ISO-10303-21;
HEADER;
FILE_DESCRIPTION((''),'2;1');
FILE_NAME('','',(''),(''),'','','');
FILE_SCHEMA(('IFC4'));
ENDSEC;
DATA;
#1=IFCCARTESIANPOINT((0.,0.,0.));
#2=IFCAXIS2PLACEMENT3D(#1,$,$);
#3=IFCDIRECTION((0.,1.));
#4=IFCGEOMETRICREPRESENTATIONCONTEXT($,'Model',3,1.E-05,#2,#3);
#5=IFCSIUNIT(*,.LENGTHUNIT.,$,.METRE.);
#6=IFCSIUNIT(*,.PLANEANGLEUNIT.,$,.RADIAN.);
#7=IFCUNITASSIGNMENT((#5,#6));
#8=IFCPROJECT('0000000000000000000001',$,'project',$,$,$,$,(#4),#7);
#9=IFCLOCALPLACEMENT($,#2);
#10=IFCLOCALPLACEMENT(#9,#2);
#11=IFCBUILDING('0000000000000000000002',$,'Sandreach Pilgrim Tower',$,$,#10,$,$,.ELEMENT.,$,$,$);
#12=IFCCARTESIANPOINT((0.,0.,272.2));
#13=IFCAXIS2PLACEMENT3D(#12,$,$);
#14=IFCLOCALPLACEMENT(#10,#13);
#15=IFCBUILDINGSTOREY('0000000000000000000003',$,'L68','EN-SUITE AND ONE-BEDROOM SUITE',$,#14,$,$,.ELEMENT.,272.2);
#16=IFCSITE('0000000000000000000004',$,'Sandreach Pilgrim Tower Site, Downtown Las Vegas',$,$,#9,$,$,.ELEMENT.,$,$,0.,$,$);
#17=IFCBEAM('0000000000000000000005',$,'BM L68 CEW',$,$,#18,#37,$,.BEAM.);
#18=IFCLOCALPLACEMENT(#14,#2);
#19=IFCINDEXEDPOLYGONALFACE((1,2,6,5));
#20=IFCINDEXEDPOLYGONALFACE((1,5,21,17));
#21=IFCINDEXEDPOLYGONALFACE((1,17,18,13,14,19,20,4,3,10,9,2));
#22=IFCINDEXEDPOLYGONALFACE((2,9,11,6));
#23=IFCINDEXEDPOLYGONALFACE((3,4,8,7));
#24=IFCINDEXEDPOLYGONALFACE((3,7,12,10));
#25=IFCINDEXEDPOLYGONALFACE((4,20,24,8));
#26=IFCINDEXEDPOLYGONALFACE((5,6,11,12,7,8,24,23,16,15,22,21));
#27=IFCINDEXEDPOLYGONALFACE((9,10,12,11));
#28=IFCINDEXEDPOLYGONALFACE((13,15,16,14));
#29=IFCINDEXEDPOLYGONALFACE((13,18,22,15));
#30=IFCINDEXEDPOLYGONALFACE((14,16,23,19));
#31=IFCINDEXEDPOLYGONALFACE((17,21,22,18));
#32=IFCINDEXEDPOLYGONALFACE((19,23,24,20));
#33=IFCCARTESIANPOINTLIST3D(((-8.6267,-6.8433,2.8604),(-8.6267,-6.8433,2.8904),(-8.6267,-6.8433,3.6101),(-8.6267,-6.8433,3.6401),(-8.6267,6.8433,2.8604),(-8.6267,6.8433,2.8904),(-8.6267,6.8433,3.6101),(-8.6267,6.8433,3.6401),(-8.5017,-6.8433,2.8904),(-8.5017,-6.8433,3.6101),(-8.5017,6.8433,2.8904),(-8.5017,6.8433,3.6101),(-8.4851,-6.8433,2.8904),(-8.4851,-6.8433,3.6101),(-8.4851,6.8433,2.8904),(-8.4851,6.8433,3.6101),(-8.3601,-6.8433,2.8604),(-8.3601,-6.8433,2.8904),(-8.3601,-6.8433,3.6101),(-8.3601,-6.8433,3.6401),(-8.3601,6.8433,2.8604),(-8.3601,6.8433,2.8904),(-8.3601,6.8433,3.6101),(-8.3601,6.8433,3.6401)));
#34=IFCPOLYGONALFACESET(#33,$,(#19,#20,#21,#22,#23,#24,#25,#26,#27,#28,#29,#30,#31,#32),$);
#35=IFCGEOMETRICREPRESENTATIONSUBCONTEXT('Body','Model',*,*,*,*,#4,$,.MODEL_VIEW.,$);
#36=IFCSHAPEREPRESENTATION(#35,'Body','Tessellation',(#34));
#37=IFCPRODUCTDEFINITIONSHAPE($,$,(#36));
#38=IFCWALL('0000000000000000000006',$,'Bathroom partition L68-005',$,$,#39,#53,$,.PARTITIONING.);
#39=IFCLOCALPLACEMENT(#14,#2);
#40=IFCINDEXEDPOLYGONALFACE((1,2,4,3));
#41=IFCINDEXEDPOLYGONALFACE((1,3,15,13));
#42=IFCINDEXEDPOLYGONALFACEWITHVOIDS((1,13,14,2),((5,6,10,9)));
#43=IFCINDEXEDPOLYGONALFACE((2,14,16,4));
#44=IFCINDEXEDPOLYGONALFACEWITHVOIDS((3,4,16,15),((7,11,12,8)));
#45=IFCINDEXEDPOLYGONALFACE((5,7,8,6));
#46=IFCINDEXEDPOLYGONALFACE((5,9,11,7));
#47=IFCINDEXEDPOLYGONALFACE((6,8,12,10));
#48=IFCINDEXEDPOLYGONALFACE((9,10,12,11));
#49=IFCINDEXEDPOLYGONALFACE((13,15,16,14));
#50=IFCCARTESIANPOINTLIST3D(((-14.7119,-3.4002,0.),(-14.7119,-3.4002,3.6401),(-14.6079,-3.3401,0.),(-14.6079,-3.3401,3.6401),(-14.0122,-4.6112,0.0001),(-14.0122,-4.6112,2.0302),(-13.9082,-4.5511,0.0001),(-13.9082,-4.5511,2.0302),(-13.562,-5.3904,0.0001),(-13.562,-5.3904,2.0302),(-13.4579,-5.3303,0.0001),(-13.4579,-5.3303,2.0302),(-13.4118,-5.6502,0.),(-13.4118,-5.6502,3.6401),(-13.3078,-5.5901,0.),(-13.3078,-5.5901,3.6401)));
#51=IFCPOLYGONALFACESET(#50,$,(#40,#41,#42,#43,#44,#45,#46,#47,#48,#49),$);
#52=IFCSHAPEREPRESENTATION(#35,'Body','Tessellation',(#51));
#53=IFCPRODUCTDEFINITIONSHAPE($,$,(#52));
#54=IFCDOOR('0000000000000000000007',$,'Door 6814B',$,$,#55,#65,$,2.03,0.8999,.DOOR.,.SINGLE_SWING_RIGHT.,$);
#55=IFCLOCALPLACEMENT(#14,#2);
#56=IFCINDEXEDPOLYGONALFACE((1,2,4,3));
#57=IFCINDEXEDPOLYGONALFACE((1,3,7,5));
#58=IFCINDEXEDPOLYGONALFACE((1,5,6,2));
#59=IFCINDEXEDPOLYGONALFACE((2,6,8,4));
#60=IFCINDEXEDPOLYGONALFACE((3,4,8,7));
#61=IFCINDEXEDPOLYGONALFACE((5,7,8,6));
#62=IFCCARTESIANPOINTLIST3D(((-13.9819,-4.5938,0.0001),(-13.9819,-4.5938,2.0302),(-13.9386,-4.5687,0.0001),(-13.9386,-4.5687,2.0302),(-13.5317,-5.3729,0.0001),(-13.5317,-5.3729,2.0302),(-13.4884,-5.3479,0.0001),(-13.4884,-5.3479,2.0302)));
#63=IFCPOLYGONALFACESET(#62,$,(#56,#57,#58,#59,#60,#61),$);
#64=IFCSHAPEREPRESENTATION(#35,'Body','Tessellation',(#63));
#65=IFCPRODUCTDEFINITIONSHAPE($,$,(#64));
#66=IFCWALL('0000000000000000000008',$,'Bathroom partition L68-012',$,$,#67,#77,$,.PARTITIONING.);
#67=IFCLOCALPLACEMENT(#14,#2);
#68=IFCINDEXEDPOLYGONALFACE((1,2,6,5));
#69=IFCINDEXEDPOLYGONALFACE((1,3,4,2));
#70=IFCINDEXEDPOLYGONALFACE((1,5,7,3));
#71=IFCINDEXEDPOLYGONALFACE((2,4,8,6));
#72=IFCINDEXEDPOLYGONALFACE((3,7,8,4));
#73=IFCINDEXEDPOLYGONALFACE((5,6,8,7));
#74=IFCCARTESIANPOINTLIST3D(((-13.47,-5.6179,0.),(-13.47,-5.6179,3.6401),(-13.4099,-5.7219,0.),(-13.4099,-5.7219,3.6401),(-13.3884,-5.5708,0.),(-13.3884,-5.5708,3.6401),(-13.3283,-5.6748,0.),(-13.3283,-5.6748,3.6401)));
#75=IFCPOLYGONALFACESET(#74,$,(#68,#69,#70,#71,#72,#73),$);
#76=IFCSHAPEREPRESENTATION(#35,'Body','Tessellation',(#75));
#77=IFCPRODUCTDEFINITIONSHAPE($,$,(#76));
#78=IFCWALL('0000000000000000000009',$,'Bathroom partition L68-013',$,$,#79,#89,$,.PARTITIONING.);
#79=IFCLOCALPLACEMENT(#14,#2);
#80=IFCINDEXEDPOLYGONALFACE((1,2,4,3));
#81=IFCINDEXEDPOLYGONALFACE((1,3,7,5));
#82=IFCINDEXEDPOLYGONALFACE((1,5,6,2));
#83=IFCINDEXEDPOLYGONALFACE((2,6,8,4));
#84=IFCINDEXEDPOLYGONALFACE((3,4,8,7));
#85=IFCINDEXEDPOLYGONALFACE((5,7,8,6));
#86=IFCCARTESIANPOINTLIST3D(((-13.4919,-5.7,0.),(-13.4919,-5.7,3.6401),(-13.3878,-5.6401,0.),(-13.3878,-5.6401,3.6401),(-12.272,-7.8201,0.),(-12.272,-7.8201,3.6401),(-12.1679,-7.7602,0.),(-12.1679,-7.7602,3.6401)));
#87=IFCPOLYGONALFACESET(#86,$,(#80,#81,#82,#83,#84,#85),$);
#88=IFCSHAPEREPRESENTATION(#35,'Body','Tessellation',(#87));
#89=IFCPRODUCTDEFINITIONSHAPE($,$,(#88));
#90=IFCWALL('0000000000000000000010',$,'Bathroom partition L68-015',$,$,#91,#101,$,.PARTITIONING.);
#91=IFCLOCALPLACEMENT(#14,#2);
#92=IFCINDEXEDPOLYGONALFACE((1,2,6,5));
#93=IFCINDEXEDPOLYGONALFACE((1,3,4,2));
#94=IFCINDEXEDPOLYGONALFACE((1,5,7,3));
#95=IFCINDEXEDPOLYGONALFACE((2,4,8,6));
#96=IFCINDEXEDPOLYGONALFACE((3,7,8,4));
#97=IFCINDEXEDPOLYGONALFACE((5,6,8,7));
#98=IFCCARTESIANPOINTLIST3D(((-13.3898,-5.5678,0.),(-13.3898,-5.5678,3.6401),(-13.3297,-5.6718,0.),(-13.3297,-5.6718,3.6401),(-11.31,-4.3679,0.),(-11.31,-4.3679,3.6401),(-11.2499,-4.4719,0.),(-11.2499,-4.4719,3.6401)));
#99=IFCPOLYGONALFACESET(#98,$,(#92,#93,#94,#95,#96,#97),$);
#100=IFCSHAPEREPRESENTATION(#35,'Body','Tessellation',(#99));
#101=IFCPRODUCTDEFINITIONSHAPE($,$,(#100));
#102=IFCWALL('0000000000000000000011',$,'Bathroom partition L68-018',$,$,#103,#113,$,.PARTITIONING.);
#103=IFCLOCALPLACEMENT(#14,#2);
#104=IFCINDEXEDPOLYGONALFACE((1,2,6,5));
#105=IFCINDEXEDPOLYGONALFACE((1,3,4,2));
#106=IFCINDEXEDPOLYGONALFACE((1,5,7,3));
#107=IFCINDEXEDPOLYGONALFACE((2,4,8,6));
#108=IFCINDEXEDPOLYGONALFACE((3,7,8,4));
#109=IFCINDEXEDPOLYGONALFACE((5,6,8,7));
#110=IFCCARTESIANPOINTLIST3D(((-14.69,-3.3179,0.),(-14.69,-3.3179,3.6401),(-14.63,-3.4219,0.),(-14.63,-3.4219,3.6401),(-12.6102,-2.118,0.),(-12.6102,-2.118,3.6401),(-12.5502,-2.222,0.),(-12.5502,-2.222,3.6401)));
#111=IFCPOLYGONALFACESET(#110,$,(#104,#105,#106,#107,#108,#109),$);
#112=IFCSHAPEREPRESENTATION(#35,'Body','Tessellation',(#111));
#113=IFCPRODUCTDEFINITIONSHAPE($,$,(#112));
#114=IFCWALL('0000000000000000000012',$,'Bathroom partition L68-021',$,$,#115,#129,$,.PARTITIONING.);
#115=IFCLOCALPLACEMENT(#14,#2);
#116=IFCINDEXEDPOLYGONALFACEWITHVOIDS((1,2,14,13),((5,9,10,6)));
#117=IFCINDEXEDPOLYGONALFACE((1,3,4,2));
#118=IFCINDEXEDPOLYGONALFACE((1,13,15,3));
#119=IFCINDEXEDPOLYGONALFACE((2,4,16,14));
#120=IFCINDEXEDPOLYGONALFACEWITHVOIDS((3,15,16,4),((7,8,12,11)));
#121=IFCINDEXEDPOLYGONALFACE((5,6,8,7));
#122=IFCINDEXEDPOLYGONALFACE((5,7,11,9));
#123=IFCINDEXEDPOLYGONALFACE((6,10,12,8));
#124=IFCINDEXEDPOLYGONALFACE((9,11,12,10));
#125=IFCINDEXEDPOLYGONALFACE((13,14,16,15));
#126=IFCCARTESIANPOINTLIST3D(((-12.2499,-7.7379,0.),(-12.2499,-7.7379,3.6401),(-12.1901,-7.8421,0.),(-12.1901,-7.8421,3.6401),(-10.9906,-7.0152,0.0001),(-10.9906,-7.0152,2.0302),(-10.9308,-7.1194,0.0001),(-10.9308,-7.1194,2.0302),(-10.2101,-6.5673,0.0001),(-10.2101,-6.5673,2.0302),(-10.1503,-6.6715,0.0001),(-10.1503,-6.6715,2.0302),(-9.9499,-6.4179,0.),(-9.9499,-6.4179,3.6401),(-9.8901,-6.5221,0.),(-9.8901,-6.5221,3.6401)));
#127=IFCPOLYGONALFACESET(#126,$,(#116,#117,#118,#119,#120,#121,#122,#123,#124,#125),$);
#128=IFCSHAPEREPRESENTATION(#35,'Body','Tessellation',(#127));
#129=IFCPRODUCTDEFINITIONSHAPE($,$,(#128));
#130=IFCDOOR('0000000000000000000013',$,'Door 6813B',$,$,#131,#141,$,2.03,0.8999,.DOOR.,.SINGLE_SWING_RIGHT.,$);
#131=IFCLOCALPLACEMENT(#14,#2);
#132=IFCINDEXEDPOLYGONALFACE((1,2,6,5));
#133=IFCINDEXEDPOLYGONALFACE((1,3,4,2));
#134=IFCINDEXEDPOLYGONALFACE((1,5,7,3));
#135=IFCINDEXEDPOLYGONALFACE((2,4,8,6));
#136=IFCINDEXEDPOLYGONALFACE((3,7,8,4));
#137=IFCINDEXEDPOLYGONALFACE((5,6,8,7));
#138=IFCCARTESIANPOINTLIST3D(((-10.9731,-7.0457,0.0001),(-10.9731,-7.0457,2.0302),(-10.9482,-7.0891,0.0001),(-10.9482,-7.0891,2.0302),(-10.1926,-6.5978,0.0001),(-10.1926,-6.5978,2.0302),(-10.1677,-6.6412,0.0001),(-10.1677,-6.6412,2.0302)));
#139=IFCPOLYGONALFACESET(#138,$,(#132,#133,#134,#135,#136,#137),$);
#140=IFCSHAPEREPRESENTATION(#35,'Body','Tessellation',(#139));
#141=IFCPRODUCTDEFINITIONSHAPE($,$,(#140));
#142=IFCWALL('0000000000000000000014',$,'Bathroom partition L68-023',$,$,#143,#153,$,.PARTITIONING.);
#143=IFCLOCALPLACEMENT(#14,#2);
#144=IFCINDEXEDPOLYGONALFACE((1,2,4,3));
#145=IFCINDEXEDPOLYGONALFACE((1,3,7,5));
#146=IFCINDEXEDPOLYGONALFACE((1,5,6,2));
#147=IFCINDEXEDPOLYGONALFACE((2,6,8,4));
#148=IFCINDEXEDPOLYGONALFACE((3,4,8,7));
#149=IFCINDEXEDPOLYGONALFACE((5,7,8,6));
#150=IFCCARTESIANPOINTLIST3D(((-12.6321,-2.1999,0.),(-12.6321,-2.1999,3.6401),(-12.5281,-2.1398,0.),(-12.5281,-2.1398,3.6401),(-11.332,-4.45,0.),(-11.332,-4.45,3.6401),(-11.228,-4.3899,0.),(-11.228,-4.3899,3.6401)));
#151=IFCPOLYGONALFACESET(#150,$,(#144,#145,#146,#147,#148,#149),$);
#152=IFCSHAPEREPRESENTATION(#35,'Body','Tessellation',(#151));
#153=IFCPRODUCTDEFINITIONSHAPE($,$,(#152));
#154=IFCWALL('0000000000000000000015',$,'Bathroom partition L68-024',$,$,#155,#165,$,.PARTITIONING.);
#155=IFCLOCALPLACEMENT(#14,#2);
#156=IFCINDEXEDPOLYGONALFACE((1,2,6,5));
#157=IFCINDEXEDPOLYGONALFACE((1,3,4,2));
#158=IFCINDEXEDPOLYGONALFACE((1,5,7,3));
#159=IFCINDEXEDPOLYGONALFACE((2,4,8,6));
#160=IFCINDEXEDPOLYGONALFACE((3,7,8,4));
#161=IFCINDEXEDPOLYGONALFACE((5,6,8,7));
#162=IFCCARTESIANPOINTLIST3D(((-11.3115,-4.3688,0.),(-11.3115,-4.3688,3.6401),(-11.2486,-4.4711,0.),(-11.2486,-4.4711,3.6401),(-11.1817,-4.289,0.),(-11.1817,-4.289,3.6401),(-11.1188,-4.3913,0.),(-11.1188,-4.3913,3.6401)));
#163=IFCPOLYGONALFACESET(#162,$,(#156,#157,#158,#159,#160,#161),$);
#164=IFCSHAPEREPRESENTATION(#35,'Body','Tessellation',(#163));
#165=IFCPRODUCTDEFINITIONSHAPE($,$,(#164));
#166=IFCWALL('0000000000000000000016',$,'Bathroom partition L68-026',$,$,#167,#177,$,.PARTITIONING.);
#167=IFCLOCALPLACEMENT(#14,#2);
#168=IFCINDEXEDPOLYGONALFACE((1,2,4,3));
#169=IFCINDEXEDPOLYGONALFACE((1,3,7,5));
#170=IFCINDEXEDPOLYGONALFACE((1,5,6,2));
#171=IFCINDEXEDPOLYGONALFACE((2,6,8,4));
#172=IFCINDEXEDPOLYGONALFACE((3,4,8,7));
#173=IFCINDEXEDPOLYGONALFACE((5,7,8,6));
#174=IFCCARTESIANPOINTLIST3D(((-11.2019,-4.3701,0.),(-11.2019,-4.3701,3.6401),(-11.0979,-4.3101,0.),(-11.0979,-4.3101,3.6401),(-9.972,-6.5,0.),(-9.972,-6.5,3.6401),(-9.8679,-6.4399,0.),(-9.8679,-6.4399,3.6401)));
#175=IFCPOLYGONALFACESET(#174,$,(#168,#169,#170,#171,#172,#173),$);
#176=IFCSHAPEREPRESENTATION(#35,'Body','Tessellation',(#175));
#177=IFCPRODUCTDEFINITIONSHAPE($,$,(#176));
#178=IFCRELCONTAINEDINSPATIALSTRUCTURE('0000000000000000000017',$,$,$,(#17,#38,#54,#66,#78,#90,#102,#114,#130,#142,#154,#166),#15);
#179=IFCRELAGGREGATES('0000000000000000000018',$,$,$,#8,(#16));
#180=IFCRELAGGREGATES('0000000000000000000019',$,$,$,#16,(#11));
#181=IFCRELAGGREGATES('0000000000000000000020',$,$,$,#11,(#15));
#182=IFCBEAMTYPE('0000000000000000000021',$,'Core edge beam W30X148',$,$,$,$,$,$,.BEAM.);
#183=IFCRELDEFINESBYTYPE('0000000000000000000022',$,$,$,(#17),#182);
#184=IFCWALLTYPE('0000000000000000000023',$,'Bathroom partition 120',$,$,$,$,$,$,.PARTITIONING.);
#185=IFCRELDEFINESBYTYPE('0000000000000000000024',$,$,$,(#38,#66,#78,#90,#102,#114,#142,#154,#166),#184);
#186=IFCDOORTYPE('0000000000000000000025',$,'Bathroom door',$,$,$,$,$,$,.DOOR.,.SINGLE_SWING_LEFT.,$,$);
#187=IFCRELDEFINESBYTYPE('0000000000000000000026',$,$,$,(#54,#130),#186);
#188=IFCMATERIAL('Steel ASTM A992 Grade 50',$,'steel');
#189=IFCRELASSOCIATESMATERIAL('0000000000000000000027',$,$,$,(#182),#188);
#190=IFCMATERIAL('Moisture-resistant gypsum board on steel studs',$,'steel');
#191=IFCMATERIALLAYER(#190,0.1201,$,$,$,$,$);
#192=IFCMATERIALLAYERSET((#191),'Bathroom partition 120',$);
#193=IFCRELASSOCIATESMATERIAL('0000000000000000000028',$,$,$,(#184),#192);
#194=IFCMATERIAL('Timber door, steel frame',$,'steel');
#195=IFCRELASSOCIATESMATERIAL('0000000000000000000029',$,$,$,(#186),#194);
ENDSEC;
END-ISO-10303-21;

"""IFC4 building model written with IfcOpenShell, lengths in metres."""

from ifc_helpers import new_model, si_unit, direction, frame, frame_2d, origin, origin_2d, place, context, subcontext, project, spatial, rectangle, i_section, extrude, material, layer, layer_set, material_profile, profile_set, type_object, element, fill, save


model = new_model("IFC4")

# Units and contexts
model_context = context("Model", 3, precision=1e-05, world=origin(), true_north=direction((0.0, 1.0)))
body_context = subcontext(model_context, "Body", "Model", "MODEL_VIEW")
ifc_project = project(units=[si_unit("LENGTHUNIT", "METRE"), si_unit("PLANEANGLEUNIT", "RADIAN")], contexts=[model_context])

# Site, building, storey
site_placement = place(None, origin())
site = spatial("IfcSite", under=ifc_project, at=site_placement, Name="Sandreach Pilgrim Tower Site, Downtown Las Vegas", CompositionType="ELEMENT", RefElevation=0.0)
building_placement = place(site_placement, origin())
building = spatial("IfcBuilding", under=site, at=building_placement, Name="Sandreach Pilgrim Tower", CompositionType="ELEMENT")
storey_placement = place(building_placement, frame((0.0, 0.0, 272.2)))
storey = spatial("IfcBuildingStorey", under=building, at=storey_placement, Name="L68", Description="EN-SUITE AND ONE-BEDROOM SUITE", CompositionType="ELEMENT", Elevation=272.2)

# Beam
ifc_material_1 = material(Name="Steel ASTM A992 Grade 50", Category="steel")
ifc_material_profile = material_profile(ifc_material_1, i_section(OverallWidth=0.2666, OverallDepth=0.7798, WebThickness=0.0166, FlangeThickness=0.03, at=origin_2d()), Name="W30X148")
ifc_profile_set = profile_set([ifc_material_profile], Name="Steel ASTM A992 Grade 50")
beam_type = type_object("IfcBeamType", Name="Core edge beam W30X148", PredefinedType="BEAM", material=ifc_profile_set)
beam_placement = place(storey_placement, frame((-8.4934, -6.8433, 3.2502), z_axis=(0.0, 1.0, 0.0), x_axis=(-1.0, 0.0, 0.0)))
element("IfcBeam", 1, at=beam_placement, inside=storey, type_object=beam_type, Name="BM L68 CEW", PredefinedType="BEAM", context=body_context, shape_type="SweptSolid", body=[
    extrude(i_section(OverallWidth=0.2666, OverallDepth=0.7798, WebThickness=0.0166, FlangeThickness=0.03, at=origin_2d()), origin(), (0.0, 0.0, 1.0), 13.6865),
])

# Wall, opening, door
ifc_material_2 = material(Name="Moisture-resistant gypsum board on steel studs", Category="steel")
ifc_layer_1 = layer(ifc_material_2, 0.1201)
ifc_layer_set_1 = layer_set([ifc_layer_1], Name="Bathroom partition 120")
wall_type_1 = type_object("IfcWallType", Name="Bathroom partition 120", PredefinedType="PARTITIONING", material=ifc_layer_set_1)
wall_1_placement = place(storey_placement, frame((-14.6599, -3.3701, 0.0), z_axis=(0.0, 0.0, 1.0), x_axis=(0.500292, -0.865857, 0.0)))
wall_1 = element("IfcWall", 2, at=wall_1_placement, inside=storey, type_object=wall_type_1, Name="Bathroom partition L68-005", PredefinedType="PARTITIONING", context=body_context, shape_type="SweptSolid", body=[
    extrude(rectangle(XDim=2.5986, YDim=0.1201, at=frame_2d((1.2993, 0.0))), origin(), (0.0, 0.0, 1.0), 3.6401),
])
opening_1_placement = place(wall_1_placement, frame((1.3987, 0.0, 0.0)))
opening_1 = element("IfcOpeningElement", 3, at=opening_1_placement, cuts=wall_1, PredefinedType="OPENING", context=body_context, shape_type="SweptSolid", body=[
    extrude(rectangle(XDim=0.8999, YDim=2.03, at=frame_2d((0.45, 1.0151))), frame((0.0, 0.0601, 0.0), z_axis=(0.0, -1.0, 0.0), x_axis=(1.0, 0.0, 0.0)), (0.0, 0.0, 1.0), 0.1201),
])
ifc_material_3 = material(Name="Timber door, steel frame", Category="steel")
door_type_1 = type_object("IfcDoorType", Name="Bathroom door", OperationType="SINGLE_SWING_LEFT", PredefinedType="DOOR", material=ifc_material_3)
door_1_placement = place(opening_1_placement, origin())
door_1 = element("IfcDoor", 4, at=door_1_placement, inside=storey, type_object=door_type_1, Name="Door 6814B", OperationType="SINGLE_SWING_RIGHT", OverallHeight=2.03, OverallWidth=0.8999, PredefinedType="DOOR", context=body_context, shape_type="SweptSolid", body=[
    extrude(rectangle(XDim=0.8999, YDim=2.03, at=frame_2d((0.45, 1.0151))), frame((0.0, 0.0249, 0.0), z_axis=(0.0, -1.0, 0.0), x_axis=(1.0, 0.0, 0.0)), (0.0, 0.0, 1.0), 0.05),
])
fill(opening_1, door_1)

# Walls
wall_2_placement = place(storey_placement, frame((-13.4399, -5.6699, 0.0), z_axis=(0.0, 0.0, 1.0), x_axis=(0.86584, 0.500321, 0.0)))
element("IfcWall", 5, at=wall_2_placement, inside=storey, type_object=wall_type_1, Name="Bathroom partition L68-012", PredefinedType="PARTITIONING", context=body_context, shape_type="SweptSolid", body=[
    extrude(rectangle(XDim=0.0942, YDim=0.1201, at=frame_2d((0.0471, 0.0))), origin(), (0.0, 0.0, 1.0), 3.6401),
])
wall_3_placement = place(storey_placement, frame((-13.4399, -5.6699, 0.0), z_axis=(0.0, 0.0, 1.0), x_axis=(0.498749, -0.866747, 0.0)))
element("IfcWall", 6, at=wall_3_placement, inside=storey, type_object=wall_type_1, Name="Bathroom partition L68-013", PredefinedType="PARTITIONING", context=body_context, shape_type="SweptSolid", body=[
    extrude(rectangle(XDim=2.446, YDim=0.1201, at=frame_2d((1.2231, 0.0))), origin(), (0.0, 0.0, 1.0), 3.6401),
])
for number, where, z_axis, x_axis, name in (
    (7, (-13.3599, -5.6199, 0.0), (0.0, 0.0, 1.0), (0.866177, 0.499737, 0.0), "Bathroom partition L68-015"),
    (8, (-12.5801, -2.1699, 0.0), (0.0, 0.0, 1.0), (-0.866177, -0.499737, 0.0), "Bathroom partition L68-018"),
):
    element("IfcWall", number, at=place(storey_placement, frame(where, z_axis=z_axis, x_axis=x_axis)), inside=storey, type_object=wall_type_1, Name=name, PredefinedType="PARTITIONING", context=body_context, shape_type="SweptSolid", body=[
        extrude(rectangle(XDim=2.4011, YDim=0.1201, at=frame_2d((1.2007, 0.0))), origin(), (0.0, 0.0, 1.0), 3.6401),
    ])

# Wall, opening, door
wall_4_placement = place(storey_placement, frame((-12.22, -7.79, 0.0), z_axis=(0.0, 0.0, 1.0), x_axis=(0.867307, 0.497774, 0.0)))
wall_4 = element("IfcWall", 9, at=wall_4_placement, inside=storey, type_object=wall_type_1, Name="Bathroom partition L68-021", PredefinedType="PARTITIONING", context=body_context, shape_type="SweptSolid", body=[
    extrude(rectangle(XDim=2.6519, YDim=0.1201, at=frame_2d((1.3259, 0.0))), origin(), (0.0, 0.0, 1.0), 3.6401),
])
opening_2_placement = place(wall_4_placement, frame((1.4519, 0.0, 0.0)))
opening_2 = element("IfcOpeningElement", 10, at=opening_2_placement, cuts=wall_4, PredefinedType="OPENING", context=body_context, shape_type="SweptSolid", body=[
    extrude(rectangle(XDim=0.8999, YDim=2.03, at=frame_2d((0.45, 1.0151))), frame((0.0, 0.0601, 0.0), z_axis=(0.0, -1.0, 0.0), x_axis=(1.0, 0.0, 0.0)), (0.0, 0.0, 1.0), 0.1201),
])
door_2_placement = place(opening_2_placement, origin())
door_2 = element("IfcDoor", 11, at=door_2_placement, inside=storey, type_object=door_type_1, Name="Door 6813B", OperationType="SINGLE_SWING_RIGHT", OverallHeight=2.03, OverallWidth=0.8999, PredefinedType="DOOR", context=body_context, shape_type="SweptSolid", body=[
    extrude(rectangle(XDim=0.8999, YDim=2.03, at=frame_2d((0.45, 1.0151))), frame((0.0, 0.0249, 0.0), z_axis=(0.0, -1.0, 0.0), x_axis=(1.0, 0.0, 0.0)), (0.0, 0.0, 1.0), 0.05),
])
fill(opening_2, door_2)

# Walls
wall_5_placement = place(storey_placement, frame((-11.28, -4.4199, 0.0), z_axis=(0.0, 0.0, 1.0), x_axis=(-0.500292, 0.865857, 0.0)))
element("IfcWall", 12, at=wall_5_placement, inside=storey, type_object=wall_type_1, Name="Bathroom partition L68-023", PredefinedType="PARTITIONING", context=body_context, shape_type="SweptSolid", body=[
    extrude(rectangle(XDim=2.5986, YDim=0.1201, at=frame_2d((1.2993, 0.0))), origin(), (0.0, 0.0, 1.0), 3.6401),
])
wall_6_placement = place(storey_placement, frame((-11.28, -4.4199, 0.0), z_axis=(0.0, 0.0, 1.0), x_axis=(0.851933, 0.523651, 0.0)))
element("IfcWall", 13, at=wall_6_placement, inside=storey, type_object=wall_type_1, Name="Bathroom partition L68-024", PredefinedType="PARTITIONING", context=body_context, shape_type="SweptSolid", body=[
    extrude(rectangle(XDim=0.1523, YDim=0.1201, at=frame_2d((0.0762, 0.0))), origin(), (0.0, 0.0, 1.0), 3.6401),
])
wall_7_placement = place(storey_placement, frame((-11.1499, -4.3401, 0.0), z_axis=(0.0, 0.0, 1.0), x_axis=(0.500089, -0.865974, 0.0)))
element("IfcWall", 14, at=wall_7_placement, inside=storey, type_object=wall_type_1, Name="Bathroom partition L68-026", PredefinedType="PARTITIONING", context=body_context, shape_type="SweptSolid", body=[
    extrude(rectangle(XDim=2.4595, YDim=0.1201, at=frame_2d((1.2297, 0.0))), origin(), (0.0, 0.0, 1.0), 3.6401),
])

save(model, "model.ifc")
